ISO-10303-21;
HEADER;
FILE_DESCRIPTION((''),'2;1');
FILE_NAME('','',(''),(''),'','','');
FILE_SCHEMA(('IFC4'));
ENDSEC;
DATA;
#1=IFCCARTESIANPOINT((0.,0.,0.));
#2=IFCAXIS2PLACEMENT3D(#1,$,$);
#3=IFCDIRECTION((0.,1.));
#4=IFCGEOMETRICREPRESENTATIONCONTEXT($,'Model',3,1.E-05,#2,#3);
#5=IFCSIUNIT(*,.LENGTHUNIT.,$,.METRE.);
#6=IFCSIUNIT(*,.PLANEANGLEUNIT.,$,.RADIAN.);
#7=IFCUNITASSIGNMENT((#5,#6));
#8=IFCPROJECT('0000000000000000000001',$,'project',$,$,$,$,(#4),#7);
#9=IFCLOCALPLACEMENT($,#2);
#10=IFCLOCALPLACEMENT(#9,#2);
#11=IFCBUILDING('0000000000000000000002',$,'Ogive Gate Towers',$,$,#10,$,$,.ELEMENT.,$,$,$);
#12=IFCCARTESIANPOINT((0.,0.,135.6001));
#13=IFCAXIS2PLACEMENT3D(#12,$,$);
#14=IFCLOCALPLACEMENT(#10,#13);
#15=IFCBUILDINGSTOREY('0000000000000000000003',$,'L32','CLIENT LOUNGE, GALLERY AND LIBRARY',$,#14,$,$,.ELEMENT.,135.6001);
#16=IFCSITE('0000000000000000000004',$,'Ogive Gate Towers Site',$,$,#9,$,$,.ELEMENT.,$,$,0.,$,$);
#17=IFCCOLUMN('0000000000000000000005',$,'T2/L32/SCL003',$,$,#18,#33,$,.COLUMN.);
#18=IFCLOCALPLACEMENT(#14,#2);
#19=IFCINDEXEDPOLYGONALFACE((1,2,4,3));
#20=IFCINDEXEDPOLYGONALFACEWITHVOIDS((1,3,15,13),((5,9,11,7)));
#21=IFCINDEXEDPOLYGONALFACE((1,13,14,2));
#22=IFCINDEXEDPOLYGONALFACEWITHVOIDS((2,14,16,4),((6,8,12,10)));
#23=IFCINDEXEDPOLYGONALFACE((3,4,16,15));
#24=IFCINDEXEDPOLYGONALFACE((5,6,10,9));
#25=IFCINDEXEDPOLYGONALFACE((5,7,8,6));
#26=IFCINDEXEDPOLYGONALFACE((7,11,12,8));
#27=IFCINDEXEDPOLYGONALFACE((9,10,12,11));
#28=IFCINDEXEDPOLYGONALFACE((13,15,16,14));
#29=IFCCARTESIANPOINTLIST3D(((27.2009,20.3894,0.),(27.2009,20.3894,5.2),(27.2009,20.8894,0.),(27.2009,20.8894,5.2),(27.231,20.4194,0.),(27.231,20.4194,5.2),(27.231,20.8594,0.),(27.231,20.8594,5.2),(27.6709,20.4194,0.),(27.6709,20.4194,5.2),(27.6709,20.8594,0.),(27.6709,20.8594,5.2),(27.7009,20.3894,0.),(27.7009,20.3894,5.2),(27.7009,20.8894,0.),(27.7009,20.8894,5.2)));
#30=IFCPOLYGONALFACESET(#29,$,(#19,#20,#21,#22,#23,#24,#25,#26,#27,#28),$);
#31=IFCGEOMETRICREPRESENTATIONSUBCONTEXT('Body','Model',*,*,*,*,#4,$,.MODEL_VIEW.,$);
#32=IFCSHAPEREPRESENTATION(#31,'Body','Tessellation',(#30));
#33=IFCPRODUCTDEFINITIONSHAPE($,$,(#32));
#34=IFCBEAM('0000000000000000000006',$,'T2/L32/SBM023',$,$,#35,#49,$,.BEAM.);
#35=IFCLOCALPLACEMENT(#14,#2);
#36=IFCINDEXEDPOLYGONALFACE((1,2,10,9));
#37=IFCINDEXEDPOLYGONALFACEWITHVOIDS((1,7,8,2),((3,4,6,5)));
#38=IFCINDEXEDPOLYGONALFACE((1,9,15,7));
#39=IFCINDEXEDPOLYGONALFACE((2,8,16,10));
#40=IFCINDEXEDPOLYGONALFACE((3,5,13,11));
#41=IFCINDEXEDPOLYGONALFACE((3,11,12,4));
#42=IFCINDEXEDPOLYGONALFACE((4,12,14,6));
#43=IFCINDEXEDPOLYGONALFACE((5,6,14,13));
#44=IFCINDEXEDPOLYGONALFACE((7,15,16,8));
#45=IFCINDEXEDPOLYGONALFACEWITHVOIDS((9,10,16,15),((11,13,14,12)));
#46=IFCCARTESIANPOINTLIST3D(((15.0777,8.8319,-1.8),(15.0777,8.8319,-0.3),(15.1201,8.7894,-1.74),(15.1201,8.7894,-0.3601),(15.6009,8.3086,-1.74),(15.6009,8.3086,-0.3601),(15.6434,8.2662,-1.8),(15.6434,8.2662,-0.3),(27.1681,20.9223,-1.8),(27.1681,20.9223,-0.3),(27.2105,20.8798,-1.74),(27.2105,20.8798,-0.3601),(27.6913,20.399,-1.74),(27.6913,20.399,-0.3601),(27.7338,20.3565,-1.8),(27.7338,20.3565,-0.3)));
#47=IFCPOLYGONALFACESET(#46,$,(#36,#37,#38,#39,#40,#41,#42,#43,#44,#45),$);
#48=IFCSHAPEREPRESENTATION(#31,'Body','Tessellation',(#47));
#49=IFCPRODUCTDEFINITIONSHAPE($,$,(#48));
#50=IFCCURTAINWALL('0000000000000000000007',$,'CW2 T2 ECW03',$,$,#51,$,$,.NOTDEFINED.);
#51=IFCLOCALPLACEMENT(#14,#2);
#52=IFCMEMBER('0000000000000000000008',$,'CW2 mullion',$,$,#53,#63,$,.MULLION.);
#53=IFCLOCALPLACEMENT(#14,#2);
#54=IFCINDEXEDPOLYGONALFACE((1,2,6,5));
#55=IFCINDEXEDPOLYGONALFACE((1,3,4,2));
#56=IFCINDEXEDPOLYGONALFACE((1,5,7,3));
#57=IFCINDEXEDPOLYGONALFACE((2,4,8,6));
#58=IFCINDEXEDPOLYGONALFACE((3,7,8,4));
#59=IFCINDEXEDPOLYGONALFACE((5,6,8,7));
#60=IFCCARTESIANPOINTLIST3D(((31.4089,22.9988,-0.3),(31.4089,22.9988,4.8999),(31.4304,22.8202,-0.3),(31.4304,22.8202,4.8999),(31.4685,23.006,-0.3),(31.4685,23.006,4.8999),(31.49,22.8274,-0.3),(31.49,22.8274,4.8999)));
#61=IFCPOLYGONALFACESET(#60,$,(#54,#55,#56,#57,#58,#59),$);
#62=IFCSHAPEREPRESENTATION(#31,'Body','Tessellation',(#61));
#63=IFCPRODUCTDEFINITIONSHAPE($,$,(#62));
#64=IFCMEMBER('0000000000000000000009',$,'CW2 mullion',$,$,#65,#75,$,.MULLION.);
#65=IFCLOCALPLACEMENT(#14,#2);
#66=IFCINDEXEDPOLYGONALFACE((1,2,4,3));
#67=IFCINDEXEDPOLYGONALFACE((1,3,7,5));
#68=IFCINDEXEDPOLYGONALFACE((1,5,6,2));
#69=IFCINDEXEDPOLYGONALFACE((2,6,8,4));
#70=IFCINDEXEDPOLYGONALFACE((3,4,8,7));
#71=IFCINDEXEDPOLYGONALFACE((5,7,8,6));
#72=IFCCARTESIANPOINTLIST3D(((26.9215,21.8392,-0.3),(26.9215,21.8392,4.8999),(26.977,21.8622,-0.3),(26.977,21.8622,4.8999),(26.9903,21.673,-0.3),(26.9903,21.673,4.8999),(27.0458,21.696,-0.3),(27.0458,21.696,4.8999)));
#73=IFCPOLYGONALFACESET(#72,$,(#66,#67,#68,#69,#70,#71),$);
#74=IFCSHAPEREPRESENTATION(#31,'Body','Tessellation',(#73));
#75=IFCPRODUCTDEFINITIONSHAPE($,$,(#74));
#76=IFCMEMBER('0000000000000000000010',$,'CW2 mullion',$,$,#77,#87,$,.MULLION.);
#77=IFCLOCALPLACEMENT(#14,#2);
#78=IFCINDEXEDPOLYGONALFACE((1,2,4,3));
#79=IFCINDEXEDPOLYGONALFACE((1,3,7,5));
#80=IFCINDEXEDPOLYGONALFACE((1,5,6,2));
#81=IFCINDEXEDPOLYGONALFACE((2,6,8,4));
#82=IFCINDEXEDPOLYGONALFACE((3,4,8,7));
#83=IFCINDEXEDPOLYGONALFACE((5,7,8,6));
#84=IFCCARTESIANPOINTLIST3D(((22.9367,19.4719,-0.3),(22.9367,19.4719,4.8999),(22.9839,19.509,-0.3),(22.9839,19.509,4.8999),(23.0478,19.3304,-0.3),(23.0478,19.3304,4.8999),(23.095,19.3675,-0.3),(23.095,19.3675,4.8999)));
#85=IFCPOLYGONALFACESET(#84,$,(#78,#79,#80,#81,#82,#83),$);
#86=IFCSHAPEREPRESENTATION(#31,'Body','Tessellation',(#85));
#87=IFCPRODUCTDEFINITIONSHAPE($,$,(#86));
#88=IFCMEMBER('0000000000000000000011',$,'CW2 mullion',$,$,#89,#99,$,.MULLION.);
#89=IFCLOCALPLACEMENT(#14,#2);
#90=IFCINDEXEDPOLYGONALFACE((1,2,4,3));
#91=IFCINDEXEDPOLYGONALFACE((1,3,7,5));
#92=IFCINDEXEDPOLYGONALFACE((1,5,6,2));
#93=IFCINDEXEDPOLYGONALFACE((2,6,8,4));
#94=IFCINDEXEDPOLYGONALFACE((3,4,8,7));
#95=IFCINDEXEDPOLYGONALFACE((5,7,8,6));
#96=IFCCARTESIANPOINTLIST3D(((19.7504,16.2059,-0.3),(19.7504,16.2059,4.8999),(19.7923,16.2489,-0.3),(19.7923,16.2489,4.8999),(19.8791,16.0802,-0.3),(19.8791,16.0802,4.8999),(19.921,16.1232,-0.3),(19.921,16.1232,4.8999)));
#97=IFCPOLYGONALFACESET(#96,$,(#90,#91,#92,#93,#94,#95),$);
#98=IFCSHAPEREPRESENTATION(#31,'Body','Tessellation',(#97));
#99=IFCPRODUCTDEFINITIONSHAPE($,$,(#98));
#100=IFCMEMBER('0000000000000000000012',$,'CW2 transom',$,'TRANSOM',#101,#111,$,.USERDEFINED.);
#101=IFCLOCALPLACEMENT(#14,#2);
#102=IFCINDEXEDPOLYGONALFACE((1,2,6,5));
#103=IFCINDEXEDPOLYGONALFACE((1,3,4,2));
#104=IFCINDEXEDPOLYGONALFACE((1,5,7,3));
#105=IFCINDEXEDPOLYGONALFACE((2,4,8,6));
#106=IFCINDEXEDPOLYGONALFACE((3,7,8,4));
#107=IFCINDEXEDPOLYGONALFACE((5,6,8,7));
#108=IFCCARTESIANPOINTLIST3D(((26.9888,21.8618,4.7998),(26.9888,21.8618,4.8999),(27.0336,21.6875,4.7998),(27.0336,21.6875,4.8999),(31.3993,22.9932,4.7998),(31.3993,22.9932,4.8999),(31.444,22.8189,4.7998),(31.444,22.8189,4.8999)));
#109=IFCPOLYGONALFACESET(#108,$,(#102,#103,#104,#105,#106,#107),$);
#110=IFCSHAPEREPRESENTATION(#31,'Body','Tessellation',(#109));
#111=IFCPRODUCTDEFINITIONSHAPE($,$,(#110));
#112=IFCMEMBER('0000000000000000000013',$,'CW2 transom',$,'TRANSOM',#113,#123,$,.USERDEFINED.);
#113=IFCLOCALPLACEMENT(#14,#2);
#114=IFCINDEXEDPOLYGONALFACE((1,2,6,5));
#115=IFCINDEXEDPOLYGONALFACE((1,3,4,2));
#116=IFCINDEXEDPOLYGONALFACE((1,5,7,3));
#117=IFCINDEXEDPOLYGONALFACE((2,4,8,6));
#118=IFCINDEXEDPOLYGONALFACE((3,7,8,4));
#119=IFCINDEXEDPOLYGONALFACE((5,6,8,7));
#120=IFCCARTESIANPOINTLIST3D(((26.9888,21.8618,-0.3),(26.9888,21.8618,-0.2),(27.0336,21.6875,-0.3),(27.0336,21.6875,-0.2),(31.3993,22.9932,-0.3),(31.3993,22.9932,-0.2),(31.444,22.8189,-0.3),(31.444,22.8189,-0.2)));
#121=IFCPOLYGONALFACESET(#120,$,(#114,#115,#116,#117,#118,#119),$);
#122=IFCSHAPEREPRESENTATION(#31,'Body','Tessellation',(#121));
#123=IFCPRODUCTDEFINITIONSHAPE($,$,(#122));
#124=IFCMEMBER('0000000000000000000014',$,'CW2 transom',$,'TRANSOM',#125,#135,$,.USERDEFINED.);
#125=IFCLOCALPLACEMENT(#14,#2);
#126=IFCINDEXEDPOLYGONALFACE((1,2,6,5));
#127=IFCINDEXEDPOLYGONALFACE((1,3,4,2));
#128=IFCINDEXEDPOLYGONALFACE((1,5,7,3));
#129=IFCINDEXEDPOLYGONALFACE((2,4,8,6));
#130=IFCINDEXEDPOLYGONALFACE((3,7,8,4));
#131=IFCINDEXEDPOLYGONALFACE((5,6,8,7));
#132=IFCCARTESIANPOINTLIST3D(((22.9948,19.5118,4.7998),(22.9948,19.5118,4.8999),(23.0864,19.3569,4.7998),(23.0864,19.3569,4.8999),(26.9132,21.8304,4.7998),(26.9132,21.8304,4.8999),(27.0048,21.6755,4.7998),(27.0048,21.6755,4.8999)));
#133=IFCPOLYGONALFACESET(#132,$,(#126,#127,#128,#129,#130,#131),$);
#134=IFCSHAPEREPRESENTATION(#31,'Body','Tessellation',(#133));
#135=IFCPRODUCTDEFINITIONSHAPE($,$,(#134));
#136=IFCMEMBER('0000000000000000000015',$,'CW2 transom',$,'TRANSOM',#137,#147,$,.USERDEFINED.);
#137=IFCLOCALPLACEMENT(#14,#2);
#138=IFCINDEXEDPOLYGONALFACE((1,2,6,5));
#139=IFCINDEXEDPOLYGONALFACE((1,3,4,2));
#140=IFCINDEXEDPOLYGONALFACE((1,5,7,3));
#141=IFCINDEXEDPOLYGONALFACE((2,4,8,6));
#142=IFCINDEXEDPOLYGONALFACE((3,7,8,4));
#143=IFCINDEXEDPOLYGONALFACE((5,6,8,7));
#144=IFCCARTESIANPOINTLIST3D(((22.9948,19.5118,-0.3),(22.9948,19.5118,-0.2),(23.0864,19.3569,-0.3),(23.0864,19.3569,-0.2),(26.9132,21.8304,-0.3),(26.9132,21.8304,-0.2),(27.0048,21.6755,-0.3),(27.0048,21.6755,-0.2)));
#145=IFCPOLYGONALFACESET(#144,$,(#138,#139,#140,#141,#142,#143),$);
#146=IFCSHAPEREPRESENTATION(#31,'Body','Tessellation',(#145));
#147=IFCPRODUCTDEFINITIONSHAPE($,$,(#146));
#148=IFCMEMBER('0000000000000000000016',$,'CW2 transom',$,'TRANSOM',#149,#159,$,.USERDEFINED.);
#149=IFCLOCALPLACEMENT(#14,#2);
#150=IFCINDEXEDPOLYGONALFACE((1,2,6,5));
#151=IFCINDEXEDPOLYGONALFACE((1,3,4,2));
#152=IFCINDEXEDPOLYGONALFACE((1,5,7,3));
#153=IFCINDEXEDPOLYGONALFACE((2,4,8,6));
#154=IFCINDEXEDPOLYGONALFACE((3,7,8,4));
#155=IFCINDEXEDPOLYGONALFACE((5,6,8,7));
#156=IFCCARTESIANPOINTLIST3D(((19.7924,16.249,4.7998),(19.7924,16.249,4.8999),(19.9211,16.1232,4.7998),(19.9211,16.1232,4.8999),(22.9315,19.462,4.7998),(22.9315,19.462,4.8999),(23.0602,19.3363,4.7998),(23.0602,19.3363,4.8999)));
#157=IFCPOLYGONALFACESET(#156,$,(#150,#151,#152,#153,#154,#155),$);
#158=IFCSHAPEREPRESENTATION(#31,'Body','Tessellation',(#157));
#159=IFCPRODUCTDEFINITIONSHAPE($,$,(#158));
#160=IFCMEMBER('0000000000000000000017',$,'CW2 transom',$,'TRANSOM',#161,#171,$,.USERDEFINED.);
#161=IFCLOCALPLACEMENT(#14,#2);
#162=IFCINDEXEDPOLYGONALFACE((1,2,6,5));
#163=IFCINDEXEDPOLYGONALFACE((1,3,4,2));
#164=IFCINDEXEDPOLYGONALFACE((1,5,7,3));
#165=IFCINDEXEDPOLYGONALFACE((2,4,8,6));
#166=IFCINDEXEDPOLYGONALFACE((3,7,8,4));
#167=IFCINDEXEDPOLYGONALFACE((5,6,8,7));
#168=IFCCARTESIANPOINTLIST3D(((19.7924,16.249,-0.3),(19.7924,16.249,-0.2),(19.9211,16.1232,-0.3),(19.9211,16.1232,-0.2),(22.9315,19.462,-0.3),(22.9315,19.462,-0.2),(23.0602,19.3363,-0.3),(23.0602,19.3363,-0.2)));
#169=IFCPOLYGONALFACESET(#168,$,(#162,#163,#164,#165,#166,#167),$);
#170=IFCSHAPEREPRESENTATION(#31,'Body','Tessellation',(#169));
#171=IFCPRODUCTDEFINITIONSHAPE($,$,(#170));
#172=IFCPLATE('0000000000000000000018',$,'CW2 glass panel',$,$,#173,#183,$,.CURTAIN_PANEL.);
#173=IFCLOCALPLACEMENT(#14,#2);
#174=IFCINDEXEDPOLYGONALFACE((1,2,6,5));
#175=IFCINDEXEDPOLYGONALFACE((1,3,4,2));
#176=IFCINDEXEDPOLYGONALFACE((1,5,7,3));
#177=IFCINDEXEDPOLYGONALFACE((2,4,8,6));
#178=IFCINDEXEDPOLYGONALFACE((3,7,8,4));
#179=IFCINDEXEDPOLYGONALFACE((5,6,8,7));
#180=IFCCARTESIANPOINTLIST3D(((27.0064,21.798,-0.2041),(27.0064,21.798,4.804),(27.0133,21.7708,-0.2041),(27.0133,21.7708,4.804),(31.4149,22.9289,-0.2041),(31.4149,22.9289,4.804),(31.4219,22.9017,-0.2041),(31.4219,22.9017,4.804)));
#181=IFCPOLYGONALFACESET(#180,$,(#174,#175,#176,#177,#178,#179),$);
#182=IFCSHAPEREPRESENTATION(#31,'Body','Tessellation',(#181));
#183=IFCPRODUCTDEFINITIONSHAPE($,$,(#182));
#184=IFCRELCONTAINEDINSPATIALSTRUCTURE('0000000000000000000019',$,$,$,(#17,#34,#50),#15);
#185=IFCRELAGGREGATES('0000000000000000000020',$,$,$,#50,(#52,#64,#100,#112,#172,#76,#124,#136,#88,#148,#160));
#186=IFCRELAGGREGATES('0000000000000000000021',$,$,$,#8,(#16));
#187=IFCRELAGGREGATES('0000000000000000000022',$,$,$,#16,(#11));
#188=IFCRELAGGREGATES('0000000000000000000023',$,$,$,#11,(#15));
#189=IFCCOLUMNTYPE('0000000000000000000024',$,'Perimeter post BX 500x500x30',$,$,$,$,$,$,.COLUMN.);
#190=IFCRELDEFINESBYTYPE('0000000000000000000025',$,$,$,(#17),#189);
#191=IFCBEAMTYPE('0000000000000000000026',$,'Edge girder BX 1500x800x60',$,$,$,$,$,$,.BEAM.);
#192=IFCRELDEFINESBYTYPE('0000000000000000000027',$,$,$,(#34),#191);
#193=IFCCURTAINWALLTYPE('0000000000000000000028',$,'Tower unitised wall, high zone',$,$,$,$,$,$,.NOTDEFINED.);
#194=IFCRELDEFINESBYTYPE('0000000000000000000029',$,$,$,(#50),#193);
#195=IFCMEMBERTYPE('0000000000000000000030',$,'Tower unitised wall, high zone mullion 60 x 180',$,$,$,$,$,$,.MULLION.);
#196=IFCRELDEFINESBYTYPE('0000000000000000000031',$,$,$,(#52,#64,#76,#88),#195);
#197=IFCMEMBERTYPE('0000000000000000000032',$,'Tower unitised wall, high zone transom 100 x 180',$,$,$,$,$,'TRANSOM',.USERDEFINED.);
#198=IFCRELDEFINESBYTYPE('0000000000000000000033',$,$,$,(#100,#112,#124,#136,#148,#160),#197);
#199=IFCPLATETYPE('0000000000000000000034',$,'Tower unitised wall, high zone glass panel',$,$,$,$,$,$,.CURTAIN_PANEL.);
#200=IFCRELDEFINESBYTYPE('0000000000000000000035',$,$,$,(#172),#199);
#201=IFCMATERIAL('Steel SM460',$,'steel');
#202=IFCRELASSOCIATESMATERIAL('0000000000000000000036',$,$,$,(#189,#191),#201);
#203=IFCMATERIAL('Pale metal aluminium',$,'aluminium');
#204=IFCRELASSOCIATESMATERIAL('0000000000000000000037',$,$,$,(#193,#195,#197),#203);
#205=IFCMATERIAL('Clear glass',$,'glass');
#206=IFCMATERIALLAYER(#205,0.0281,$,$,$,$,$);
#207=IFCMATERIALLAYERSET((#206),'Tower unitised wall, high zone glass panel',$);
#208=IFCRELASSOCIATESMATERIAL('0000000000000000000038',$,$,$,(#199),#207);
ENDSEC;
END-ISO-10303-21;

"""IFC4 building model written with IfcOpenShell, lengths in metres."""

from ifc_helpers import new_model, si_unit, direction, frame, origin, origin_2d, place, context, subcontext, project, spatial, rectangle, hollow_rectangle, extrude, material, layer, layer_set, material_profile, profile_set, type_object, element, aggregate, save


model = new_model("IFC4")

# Units and contexts
model_context = context("Model", 3, precision=1e-05, world=origin(), true_north=direction((0.0, 1.0)))
body_context = subcontext(model_context, "Body", "Model", "MODEL_VIEW")
ifc_project = project(units=[si_unit("LENGTHUNIT", "METRE"), si_unit("PLANEANGLEUNIT", "RADIAN")], contexts=[model_context])

# Site, building, storey
site_placement = place(None, origin())
site = spatial("IfcSite", under=ifc_project, at=site_placement, Name="Ogive Gate Towers Site", CompositionType="ELEMENT", RefElevation=0.0)
building_placement = place(site_placement, origin())
building = spatial("IfcBuilding", under=site, at=building_placement, Name="Ogive Gate Towers", CompositionType="ELEMENT")
storey_placement = place(building_placement, frame((0.0, 0.0, 135.6001)))
storey = spatial("IfcBuildingStorey", under=building, at=storey_placement, Name="L32", Description="CLIENT LOUNGE, GALLERY AND LIBRARY", CompositionType="ELEMENT", Elevation=135.6001)

# Column
ifc_material_1 = material(Name="Steel SM460", Category="steel")
ifc_material_profile_1 = material_profile(ifc_material_1, hollow_rectangle(XDim=0.5, YDim=0.5, WallThickness=0.03, at=origin_2d()), Name="BX 500x500x30")
ifc_profile_set_1 = profile_set([ifc_material_profile_1], Name="Steel SM460")
column_type = type_object("IfcColumnType", Name="Perimeter post BX 500x500x30", PredefinedType="COLUMN", material=ifc_profile_set_1)
column_placement = place(storey_placement, frame((27.4509, 20.6394, 0.0), z_axis=(0.0, 0.0, 1.0), x_axis=(1.0, 0.0, 0.0)))
element("IfcColumn", 1, at=column_placement, inside=storey, type_object=column_type, Name="T2/L32/SCL003", PredefinedType="COLUMN", context=body_context, shape_type="SweptSolid", body=[
    extrude(hollow_rectangle(XDim=0.5, YDim=0.5, WallThickness=0.03, at=origin_2d()), origin(), (0.0, 0.0, 1.0), 5.2),
])

# Beam
ifc_material_profile_2 = material_profile(ifc_material_1, hollow_rectangle(XDim=0.8, YDim=1.5, WallThickness=0.0601, at=origin_2d()), Name="BX 1500x800x60")
ifc_profile_set_2 = profile_set([ifc_material_profile_2], Name="Steel SM460")
beam_type = type_object("IfcBeamType", Name="Edge girder BX 1500x800x60", PredefinedType="BEAM", material=ifc_profile_set_2)
beam_placement = place(storey_placement, frame((27.4509, 20.6394, -1.05), z_axis=(-0.707107, -0.707107, 0.0), x_axis=(0.707107, -0.707107, 0.0)))
element("IfcBeam", 2, at=beam_placement, inside=storey, type_object=beam_type, Name="T2/L32/SBM023", PredefinedType="BEAM", context=body_context, shape_type="SweptSolid", body=[
    extrude(hollow_rectangle(XDim=0.8, YDim=1.5, WallThickness=0.0601, at=origin_2d()), origin(), (0.0, 0.0, 1.0), 17.0984),
])

# Curtain wall, members, plate
ifc_material_2 = material(Name="Pale metal aluminium", Category="aluminium")
curtain_wall_type = type_object("IfcCurtainWallType", Name="Tower unitised wall, high zone", PredefinedType="NOTDEFINED", material=ifc_material_2)
curtain_wall_placement = place(storey_placement, origin())
curtain_wall = element("IfcCurtainWall", 3, at=curtain_wall_placement, inside=storey, type_object=curtain_wall_type, Name="CW2 T2 ECW03", PredefinedType="NOTDEFINED")
ifc_material_profile_3 = material_profile(ifc_material_2, rectangle(XDim=0.1799, YDim=0.0601, at=origin_2d()), Name="60 x 180 aluminium box")
ifc_profile_set_3 = profile_set([ifc_material_profile_3], Name="Pale metal aluminium")
member_type_1 = type_object("IfcMemberType", Name="Tower unitised wall, high zone mullion 60 x 180", PredefinedType="MULLION", material=ifc_profile_set_3)
member_1_placement = place(storey_placement, frame((31.4495, 22.9131, -0.3), z_axis=(0.0, 0.0, 1.0), x_axis=(-0.119444, 0.992841, 0.0)))
member_1 = element("IfcMember", 4, at=member_1_placement, type_object=member_type_1, Name="CW2 mullion", PredefinedType="MULLION", context=body_context, shape_type="SweptSolid", body=[
    extrude(rectangle(XDim=0.1799, YDim=0.0601, at=origin_2d()), origin(), (0.0, 0.0, 1.0), 5.2),
])
member_2_placement = place(storey_placement, frame((26.9836, 21.7676, -0.3), z_axis=(0.0, 0.0, 1.0), x_axis=(-0.382683, 0.92388, 0.0)))
member_2 = element("IfcMember", 5, at=member_2_placement, type_object=member_type_1, Name="CW2 mullion", PredefinedType="MULLION", context=body_context, shape_type="SweptSolid", body=[
    extrude(rectangle(XDim=0.1799, YDim=0.0601, at=origin_2d()), origin(), (0.0, 0.0, 1.0), 5.2),
])
member_3_placement = place(storey_placement, frame((23.0159, 19.4197, -0.3), z_axis=(0.0, 0.0, 1.0), x_axis=(-0.617585, 0.786504, 0.0)))
member_3 = element("IfcMember", 6, at=member_3_placement, type_object=member_type_1, Name="CW2 mullion", PredefinedType="MULLION", context=body_context, shape_type="SweptSolid", body=[
    extrude(rectangle(XDim=0.1799, YDim=0.0601, at=origin_2d()), origin(), (0.0, 0.0, 1.0), 5.2),
])
member_4_placement = place(storey_placement, frame((19.8357, 16.1646, -0.3), z_axis=(0.0, 0.0, 1.0), x_axis=(-0.715303, 0.698815, 0.0)))
member_4 = element("IfcMember", 7, at=member_4_placement, type_object=member_type_1, Name="CW2 mullion", PredefinedType="MULLION", context=body_context, shape_type="SweptSolid", body=[
    extrude(rectangle(XDim=0.1799, YDim=0.0601, at=origin_2d()), origin(), (0.0, 0.0, 1.0), 5.2),
])
ifc_material_profile_4 = material_profile(ifc_material_2, rectangle(XDim=0.1799, YDim=0.1001, at=origin_2d()), Name="100 x 180 aluminium box")
ifc_profile_set_4 = profile_set([ifc_material_profile_4], Name="Pale metal aluminium")
member_type_2 = type_object("IfcMemberType", Name="Tower unitised wall, high zone transom 100 x 180", ElementType="TRANSOM", PredefinedType="USERDEFINED", material=ifc_profile_set_4)
member_5_placement = place(storey_placement, frame((31.4216, 22.906, 4.8499), z_axis=(-0.968639, -0.248473, 0.0), x_axis=(0.248473, -0.968639, 0.0)))
member_5 = element("IfcMember", 8, at=member_5_placement, type_object=member_type_2, Name="CW2 transom", ObjectType="TRANSOM", PredefinedType="USERDEFINED", context=body_context, shape_type="SweptSolid", body=[
    extrude(rectangle(XDim=0.1799, YDim=0.1001, at=origin_2d()), origin(), (0.0, 0.0, 1.0), 4.5532),
])
member_6_placement = place(storey_placement, frame((31.4216, 22.906, -0.25), z_axis=(-0.968639, -0.248473, 0.0), x_axis=(0.248473, -0.968639, 0.0)))
member_6 = element("IfcMember", 9, at=member_6_placement, type_object=member_type_2, Name="CW2 transom", ObjectType="TRANSOM", PredefinedType="USERDEFINED", context=body_context, shape_type="SweptSolid", body=[
    extrude(rectangle(XDim=0.1799, YDim=0.1001, at=origin_2d()), origin(), (0.0, 0.0, 1.0), 4.5532),
])
member_7_placement = place(storey_placement, frame((26.959, 21.7529, 4.8499), z_axis=(-0.860623, -0.509242, 0.0), x_axis=(0.509242, -0.860623, 0.0)))
member_7 = element("IfcMember", 10, at=member_7_placement, type_object=member_type_2, Name="CW2 transom", ObjectType="TRANSOM", PredefinedType="USERDEFINED", context=body_context, shape_type="SweptSolid", body=[
    extrude(rectangle(XDim=0.1799, YDim=0.1001, at=origin_2d()), origin(), (0.0, 0.0, 1.0), 4.553),
])
member_8_placement = place(storey_placement, frame((26.959, 21.7529, -0.25), z_axis=(-0.860623, -0.509242, 0.0), x_axis=(0.509242, -0.860623, 0.0)))
member_8 = element("IfcMember", 11, at=member_8_placement, type_object=member_type_2, Name="CW2 transom", ObjectType="TRANSOM", PredefinedType="USERDEFINED", context=body_context, shape_type="SweptSolid", body=[
    extrude(rectangle(XDim=0.1799, YDim=0.1001, at=origin_2d()), origin(), (0.0, 0.0, 1.0), 4.553),
])
member_9_placement = place(storey_placement, frame((22.9958, 19.3992, 4.8499), z_axis=(-0.698825, -0.715293, 0.0), x_axis=(0.715293, -0.698825, 0.0)))
member_9 = element("IfcMember", 12, at=member_9_placement, type_object=member_type_2, Name="CW2 transom", ObjectType="TRANSOM", PredefinedType="USERDEFINED", context=body_context, shape_type="SweptSolid", body=[
    extrude(rectangle(XDim=0.1799, YDim=0.1001, at=origin_2d()), origin(), (0.0, 0.0, 1.0), 4.4919),
])
member_10_placement = place(storey_placement, frame((22.9958, 19.3992, -0.25), z_axis=(-0.698825, -0.715293, 0.0), x_axis=(0.715293, -0.698825, 0.0)))
member_10 = element("IfcMember", 13, at=member_10_placement, type_object=member_type_2, Name="CW2 transom", ObjectType="TRANSOM", PredefinedType="USERDEFINED", context=body_context, shape_type="SweptSolid", body=[
    extrude(rectangle(XDim=0.1799, YDim=0.1001, at=origin_2d()), origin(), (0.0, 0.0, 1.0), 4.4919),
])
ifc_material_3 = material(Name="Clear glass", Category="glass")
ifc_layer_1 = layer(ifc_material_3, 0.0281)
ifc_layer_set_1 = layer_set([ifc_layer_1], Name="Tower unitised wall, high zone glass panel")
plate_type = type_object("IfcPlateType", Name="Tower unitised wall, high zone glass panel", PredefinedType="CURTAIN_PANEL", material=ifc_layer_set_1)
plate_1_placement = place(storey_placement, frame((29.2141, 22.3499, -0.2041), z_axis=(0.0, 0.0, 1.0), x_axis=(-0.96864, -0.24847, 0.0)))
plate_1 = element("IfcPlate", 14, at=plate_1_placement, type_object=plate_type, Name="CW2 glass panel", PredefinedType="CURTAIN_PANEL", context=body_context, shape_type="SweptSolid", body=[
    extrude(rectangle(XDim=4.5513, YDim=0.0281, at=origin_2d()), origin(), (0.0, 0.0, 1.0), 5.0081),
])
aggregate(curtain_wall, [member_1, member_2, member_5, member_6, plate_1, member_3, member_7, member_8, member_4, member_9, member_10])

save(model, "model.ifc")
